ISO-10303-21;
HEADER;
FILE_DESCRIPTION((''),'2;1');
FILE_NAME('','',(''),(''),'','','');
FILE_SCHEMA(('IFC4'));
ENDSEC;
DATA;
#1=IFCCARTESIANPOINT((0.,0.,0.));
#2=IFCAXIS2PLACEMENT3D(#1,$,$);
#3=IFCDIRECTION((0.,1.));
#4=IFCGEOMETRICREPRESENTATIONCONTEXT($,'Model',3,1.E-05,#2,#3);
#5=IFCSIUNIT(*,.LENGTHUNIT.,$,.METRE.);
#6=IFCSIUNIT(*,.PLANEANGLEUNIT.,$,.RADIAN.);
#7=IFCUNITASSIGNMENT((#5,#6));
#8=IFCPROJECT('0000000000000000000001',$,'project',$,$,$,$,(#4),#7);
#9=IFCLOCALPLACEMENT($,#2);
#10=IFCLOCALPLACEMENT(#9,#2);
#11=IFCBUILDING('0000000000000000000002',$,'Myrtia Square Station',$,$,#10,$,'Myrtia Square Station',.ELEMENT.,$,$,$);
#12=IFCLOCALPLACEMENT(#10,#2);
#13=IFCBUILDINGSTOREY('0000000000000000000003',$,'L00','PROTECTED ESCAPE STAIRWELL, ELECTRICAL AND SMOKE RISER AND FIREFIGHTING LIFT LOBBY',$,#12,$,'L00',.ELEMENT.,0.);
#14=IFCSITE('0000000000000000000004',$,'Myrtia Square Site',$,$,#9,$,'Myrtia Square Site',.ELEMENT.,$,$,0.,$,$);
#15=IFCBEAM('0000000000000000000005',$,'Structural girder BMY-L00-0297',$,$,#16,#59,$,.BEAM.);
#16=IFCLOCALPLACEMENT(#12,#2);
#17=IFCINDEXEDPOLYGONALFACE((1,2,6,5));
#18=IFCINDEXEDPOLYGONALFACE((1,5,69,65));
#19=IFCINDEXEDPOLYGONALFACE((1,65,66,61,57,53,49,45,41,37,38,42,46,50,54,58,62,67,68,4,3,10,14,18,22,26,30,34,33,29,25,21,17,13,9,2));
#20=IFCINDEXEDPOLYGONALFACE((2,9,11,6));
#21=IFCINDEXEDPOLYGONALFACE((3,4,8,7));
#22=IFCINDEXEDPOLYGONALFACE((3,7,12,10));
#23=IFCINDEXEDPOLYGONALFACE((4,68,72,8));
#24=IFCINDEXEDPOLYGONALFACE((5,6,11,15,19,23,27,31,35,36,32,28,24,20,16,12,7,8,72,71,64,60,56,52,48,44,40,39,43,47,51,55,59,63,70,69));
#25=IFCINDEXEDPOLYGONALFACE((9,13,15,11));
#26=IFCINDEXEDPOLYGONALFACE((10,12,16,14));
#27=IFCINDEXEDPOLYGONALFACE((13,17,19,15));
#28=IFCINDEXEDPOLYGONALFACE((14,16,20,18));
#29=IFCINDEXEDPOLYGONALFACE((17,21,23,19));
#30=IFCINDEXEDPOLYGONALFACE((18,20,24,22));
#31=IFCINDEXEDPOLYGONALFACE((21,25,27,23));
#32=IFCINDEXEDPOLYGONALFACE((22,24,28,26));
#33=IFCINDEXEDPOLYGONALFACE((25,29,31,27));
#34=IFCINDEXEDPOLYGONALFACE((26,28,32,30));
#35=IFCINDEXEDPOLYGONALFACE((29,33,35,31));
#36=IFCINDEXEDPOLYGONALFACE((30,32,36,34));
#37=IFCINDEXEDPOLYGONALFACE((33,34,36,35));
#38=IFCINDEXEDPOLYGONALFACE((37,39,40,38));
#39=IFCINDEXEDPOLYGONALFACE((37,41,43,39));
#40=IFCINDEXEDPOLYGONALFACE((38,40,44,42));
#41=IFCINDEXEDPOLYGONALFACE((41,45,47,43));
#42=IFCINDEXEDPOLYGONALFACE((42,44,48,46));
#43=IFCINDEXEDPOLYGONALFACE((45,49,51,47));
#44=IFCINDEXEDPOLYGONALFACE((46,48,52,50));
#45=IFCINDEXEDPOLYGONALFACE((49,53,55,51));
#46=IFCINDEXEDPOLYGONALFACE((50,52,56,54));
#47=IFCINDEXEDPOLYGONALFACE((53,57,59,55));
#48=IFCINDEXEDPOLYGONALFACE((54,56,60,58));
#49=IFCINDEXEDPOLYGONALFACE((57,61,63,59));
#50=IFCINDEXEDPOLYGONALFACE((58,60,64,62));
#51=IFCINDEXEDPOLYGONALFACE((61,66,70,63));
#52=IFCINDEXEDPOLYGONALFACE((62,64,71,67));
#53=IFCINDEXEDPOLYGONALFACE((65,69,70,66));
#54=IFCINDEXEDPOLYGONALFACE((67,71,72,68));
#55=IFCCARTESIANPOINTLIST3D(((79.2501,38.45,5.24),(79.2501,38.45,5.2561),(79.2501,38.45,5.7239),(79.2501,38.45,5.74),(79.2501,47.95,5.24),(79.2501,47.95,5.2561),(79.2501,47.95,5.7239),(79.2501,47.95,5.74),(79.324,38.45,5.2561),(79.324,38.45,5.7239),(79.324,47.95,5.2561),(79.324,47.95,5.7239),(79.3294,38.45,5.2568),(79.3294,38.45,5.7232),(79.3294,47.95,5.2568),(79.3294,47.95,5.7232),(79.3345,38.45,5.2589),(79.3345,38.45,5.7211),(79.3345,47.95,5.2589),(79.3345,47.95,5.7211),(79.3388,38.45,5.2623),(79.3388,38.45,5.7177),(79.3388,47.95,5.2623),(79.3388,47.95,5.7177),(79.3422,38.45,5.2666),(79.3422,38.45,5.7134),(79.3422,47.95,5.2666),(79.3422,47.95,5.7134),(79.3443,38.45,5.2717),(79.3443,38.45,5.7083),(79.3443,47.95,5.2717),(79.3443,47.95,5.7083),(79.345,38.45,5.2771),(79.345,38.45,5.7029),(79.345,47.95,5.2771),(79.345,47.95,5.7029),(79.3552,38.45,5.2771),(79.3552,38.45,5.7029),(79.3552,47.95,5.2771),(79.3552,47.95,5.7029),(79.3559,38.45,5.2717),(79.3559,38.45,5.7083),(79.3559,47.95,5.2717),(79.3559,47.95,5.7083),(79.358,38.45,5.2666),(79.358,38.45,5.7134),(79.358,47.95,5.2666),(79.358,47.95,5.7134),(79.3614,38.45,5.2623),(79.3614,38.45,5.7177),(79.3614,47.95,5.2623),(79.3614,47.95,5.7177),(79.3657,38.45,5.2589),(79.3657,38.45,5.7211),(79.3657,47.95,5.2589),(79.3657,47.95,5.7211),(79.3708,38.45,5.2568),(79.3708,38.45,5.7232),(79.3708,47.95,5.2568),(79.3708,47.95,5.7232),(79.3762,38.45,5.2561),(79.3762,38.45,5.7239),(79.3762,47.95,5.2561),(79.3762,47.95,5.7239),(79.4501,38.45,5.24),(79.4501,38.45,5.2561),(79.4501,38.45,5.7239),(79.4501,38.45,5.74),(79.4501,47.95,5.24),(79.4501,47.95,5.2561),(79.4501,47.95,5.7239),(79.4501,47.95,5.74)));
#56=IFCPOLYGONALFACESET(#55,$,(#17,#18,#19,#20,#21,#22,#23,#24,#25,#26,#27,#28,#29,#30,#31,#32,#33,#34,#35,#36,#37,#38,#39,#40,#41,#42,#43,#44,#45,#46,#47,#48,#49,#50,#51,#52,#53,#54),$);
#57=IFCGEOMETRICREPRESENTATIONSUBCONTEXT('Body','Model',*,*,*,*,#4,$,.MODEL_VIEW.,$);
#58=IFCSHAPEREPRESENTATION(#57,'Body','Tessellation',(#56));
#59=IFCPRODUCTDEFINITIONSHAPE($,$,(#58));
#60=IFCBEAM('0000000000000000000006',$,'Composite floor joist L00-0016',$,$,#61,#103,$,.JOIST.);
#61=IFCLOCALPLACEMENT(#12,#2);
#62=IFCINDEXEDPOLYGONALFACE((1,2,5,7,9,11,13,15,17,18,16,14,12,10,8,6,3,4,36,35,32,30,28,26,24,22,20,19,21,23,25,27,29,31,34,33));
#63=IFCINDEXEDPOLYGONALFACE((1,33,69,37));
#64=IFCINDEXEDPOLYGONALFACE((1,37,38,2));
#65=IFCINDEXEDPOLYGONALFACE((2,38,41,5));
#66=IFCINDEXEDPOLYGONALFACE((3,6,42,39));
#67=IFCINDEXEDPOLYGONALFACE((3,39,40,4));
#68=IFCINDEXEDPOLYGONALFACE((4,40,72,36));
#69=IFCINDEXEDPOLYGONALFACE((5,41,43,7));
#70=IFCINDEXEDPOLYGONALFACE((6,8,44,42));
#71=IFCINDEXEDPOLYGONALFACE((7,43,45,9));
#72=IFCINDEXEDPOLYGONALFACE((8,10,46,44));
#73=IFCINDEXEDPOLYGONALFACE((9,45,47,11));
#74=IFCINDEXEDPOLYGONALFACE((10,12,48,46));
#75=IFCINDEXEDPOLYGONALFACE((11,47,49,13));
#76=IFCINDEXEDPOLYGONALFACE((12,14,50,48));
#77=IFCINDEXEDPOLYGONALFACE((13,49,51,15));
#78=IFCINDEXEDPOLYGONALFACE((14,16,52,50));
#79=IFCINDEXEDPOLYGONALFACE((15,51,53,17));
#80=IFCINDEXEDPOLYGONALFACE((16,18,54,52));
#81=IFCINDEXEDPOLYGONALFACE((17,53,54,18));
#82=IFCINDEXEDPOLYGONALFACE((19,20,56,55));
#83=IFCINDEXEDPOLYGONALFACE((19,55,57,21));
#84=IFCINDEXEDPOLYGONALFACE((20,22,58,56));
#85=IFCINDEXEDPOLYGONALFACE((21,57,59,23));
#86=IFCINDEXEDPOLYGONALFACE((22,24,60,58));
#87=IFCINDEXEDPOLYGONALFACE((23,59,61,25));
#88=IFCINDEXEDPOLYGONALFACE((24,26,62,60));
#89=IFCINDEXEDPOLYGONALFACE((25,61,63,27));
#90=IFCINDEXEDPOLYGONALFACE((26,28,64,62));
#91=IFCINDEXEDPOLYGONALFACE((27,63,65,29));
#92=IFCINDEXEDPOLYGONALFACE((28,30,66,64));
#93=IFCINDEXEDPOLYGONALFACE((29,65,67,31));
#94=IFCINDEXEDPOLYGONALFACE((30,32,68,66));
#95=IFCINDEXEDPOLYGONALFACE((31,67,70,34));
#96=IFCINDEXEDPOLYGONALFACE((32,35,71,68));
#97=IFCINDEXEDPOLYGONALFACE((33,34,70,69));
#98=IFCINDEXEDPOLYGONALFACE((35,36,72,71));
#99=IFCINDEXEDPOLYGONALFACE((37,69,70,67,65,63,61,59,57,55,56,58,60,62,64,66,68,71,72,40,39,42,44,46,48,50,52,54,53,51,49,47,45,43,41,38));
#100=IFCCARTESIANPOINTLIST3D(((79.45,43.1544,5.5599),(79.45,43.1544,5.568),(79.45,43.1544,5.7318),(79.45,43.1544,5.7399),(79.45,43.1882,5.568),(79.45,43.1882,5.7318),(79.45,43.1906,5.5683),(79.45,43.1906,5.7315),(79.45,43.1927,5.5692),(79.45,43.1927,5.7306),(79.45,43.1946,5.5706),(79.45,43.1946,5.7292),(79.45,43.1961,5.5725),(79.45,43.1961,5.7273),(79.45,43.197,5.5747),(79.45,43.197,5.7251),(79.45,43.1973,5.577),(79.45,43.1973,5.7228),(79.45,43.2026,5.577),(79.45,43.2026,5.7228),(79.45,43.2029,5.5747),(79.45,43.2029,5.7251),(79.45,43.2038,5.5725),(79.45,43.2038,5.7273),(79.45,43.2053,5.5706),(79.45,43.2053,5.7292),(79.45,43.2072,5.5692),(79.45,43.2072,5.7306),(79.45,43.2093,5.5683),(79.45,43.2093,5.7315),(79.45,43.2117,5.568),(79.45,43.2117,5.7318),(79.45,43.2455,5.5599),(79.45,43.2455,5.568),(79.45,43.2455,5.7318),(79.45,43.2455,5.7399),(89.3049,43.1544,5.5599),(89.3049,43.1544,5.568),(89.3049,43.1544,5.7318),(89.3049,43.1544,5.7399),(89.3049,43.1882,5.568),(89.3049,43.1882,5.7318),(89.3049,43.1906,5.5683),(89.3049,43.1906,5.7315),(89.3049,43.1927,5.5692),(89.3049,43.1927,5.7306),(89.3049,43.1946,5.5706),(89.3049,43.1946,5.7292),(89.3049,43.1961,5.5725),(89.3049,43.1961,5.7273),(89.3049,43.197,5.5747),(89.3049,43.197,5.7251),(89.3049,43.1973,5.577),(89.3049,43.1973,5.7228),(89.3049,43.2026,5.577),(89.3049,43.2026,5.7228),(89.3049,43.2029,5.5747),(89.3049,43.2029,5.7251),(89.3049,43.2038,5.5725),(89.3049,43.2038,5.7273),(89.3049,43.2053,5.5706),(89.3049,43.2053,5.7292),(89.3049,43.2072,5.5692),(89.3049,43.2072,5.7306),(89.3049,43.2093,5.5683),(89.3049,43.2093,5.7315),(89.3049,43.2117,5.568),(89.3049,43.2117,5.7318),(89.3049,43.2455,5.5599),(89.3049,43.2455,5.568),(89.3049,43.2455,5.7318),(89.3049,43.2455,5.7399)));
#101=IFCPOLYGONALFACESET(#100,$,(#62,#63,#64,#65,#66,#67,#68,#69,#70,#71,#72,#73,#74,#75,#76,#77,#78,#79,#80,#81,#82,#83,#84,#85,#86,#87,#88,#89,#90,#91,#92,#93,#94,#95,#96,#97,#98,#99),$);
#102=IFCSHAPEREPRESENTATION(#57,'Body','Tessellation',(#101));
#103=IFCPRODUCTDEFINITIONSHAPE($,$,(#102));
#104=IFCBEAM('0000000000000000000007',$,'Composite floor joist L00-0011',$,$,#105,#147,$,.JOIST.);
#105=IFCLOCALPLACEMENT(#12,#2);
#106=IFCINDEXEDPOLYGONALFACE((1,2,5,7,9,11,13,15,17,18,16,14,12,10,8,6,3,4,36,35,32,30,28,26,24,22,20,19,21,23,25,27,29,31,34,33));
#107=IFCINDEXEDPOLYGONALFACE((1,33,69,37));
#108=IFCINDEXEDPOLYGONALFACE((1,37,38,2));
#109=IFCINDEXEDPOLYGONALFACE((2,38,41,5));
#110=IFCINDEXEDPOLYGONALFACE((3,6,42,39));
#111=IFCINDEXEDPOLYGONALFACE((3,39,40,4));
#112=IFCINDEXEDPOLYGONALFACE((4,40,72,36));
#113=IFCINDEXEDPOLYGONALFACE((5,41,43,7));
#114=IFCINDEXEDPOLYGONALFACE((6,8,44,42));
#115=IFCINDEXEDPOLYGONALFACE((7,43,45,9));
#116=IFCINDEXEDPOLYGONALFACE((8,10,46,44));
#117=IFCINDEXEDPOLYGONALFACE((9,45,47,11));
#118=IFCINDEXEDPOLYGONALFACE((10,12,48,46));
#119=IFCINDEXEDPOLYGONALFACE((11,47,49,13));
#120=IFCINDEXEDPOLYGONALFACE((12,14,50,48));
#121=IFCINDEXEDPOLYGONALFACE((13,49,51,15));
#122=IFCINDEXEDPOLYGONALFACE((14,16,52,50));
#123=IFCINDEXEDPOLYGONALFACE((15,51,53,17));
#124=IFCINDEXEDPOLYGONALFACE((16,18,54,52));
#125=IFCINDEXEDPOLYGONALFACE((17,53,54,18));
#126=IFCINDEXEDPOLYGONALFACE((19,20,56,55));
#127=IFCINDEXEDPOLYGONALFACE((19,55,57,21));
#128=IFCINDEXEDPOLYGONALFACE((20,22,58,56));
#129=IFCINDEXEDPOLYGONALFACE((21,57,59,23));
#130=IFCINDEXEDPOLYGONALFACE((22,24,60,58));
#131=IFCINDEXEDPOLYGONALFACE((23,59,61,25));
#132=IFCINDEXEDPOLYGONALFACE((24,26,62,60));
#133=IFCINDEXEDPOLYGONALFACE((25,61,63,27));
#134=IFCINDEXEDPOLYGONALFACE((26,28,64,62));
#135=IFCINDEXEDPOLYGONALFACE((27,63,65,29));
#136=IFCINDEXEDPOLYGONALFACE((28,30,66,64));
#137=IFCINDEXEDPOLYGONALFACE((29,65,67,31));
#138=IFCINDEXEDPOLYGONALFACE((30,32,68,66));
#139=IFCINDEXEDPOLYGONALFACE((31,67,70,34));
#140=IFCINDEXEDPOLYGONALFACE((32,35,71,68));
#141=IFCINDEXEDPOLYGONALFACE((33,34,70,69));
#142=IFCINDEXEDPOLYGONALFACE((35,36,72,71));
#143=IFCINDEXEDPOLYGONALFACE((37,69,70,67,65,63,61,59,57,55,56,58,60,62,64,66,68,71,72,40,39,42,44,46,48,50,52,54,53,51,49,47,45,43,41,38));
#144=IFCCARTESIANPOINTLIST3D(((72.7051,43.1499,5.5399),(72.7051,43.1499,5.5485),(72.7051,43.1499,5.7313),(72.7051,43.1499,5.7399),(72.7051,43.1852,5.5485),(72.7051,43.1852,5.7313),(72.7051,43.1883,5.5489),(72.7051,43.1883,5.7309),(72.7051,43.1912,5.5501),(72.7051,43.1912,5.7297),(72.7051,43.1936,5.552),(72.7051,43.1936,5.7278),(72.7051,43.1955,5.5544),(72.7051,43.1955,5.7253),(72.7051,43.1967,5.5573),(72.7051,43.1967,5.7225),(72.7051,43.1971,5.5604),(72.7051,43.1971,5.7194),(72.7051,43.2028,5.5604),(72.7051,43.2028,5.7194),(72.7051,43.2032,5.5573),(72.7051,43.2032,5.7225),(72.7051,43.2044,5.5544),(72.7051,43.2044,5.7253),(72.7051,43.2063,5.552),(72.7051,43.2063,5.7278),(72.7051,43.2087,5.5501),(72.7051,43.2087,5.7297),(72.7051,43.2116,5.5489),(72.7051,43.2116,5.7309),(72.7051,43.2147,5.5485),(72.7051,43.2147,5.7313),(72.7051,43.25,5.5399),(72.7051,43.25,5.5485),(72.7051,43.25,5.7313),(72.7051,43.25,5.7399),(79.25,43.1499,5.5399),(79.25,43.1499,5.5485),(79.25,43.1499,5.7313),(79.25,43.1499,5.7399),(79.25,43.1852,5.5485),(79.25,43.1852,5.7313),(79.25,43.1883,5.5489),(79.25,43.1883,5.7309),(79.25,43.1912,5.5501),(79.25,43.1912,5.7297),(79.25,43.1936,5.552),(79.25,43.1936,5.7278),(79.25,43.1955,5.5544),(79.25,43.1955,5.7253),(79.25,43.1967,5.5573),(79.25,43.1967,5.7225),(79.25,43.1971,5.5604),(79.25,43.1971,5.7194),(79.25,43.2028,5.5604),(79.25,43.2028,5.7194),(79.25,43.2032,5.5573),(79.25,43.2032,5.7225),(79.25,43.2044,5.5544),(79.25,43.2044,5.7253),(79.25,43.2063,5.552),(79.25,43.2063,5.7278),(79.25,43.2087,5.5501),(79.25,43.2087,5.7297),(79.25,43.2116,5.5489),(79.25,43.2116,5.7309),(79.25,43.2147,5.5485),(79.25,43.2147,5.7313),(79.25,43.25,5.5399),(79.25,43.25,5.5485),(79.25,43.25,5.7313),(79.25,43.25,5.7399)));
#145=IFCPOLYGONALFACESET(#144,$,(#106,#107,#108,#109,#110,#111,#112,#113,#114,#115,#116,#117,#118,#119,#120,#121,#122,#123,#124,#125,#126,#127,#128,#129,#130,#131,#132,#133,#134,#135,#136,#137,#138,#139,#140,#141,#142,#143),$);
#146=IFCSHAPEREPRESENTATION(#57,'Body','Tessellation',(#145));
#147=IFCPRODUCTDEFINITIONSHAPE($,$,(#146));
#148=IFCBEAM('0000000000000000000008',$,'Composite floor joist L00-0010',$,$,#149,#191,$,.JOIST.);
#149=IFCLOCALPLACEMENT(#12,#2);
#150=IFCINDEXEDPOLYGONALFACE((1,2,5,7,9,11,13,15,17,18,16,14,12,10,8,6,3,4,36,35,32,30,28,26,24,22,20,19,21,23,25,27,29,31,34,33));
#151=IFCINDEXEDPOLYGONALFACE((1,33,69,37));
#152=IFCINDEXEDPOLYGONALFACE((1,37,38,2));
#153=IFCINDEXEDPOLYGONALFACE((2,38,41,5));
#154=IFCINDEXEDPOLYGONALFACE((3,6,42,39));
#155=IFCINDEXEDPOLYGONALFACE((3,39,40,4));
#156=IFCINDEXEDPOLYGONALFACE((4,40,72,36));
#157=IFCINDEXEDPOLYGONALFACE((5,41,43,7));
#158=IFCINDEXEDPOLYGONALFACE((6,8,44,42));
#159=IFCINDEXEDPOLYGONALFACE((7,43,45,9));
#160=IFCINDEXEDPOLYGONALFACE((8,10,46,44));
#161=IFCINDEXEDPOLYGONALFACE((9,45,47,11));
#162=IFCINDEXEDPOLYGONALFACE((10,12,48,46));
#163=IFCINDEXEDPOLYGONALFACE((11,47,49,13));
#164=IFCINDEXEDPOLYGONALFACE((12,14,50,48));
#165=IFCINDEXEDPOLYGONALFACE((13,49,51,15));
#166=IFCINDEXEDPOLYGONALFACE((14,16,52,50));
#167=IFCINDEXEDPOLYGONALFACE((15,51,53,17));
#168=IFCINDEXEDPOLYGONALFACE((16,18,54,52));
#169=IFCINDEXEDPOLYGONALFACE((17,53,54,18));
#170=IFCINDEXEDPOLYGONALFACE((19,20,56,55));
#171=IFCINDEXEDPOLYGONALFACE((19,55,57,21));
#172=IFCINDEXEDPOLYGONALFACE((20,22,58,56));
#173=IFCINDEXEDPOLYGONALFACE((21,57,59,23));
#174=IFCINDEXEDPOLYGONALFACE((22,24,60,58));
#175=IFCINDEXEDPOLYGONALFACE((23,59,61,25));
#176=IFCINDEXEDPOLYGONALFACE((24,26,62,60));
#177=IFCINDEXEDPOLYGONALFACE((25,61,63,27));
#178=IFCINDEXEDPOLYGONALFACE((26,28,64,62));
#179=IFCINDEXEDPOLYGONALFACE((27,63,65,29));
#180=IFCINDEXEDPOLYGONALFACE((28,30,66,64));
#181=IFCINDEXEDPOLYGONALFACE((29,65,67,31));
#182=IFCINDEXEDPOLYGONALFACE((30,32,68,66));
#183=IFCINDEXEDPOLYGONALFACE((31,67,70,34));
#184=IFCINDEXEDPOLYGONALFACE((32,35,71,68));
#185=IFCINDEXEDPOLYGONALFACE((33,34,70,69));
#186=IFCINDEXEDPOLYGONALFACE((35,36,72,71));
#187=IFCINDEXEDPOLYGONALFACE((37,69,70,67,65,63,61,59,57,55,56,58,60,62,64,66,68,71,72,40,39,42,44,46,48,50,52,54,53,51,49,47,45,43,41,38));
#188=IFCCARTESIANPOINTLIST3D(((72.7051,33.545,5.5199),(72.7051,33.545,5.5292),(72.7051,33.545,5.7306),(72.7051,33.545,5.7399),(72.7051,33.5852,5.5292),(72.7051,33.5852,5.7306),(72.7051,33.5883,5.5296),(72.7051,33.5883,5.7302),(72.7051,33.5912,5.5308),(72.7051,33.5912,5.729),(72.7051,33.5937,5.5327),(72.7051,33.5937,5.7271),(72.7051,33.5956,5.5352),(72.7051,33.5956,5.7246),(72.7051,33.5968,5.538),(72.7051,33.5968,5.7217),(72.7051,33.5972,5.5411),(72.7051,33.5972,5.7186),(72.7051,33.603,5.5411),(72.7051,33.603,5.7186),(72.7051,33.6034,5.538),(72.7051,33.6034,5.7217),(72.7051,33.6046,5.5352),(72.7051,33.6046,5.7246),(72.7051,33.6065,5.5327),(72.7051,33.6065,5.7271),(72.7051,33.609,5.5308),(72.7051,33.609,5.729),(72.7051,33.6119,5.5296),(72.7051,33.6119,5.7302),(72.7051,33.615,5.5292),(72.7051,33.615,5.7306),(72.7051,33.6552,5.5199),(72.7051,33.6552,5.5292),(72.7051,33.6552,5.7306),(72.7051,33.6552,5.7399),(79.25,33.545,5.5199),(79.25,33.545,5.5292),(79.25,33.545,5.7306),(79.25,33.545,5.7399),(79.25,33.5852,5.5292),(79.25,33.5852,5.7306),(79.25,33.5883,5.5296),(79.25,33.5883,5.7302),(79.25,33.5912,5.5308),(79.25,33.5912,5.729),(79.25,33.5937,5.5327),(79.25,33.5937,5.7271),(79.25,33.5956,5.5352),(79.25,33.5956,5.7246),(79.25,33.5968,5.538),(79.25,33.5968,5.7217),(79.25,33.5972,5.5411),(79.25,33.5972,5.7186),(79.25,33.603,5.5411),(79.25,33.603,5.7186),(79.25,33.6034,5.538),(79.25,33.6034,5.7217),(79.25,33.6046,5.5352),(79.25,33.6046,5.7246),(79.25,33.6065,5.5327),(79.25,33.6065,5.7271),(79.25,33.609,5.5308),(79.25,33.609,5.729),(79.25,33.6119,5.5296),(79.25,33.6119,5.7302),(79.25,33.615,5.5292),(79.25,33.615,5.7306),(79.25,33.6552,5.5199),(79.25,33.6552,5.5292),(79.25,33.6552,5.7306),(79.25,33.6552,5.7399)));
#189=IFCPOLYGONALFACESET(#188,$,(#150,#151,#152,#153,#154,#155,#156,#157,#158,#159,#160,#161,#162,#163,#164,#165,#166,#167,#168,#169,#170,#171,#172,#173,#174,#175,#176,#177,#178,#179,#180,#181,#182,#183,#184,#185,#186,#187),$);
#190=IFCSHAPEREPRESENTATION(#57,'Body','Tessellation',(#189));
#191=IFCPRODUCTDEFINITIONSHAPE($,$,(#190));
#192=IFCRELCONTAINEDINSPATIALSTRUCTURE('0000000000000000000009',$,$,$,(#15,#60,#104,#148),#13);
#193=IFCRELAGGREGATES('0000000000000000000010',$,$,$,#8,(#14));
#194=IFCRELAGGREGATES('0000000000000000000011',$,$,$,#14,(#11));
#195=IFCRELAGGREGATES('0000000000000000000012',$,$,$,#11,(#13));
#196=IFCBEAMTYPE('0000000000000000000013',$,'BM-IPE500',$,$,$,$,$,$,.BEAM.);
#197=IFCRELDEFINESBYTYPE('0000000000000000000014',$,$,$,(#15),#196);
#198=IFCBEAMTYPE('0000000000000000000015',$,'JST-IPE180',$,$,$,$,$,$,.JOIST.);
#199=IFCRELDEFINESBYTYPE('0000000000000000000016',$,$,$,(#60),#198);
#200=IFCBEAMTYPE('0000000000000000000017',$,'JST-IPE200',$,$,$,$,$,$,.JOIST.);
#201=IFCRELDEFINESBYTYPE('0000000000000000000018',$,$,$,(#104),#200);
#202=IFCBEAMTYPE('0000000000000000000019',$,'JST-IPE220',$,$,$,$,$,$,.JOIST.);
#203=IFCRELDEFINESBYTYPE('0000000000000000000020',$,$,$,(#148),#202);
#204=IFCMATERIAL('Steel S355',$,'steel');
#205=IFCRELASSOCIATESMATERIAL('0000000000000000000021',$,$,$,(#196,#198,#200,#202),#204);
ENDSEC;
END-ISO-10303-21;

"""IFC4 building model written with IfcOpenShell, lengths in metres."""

from ifc_helpers import new_model, si_unit, direction, frame, origin, origin_2d, place, context, subcontext, project, spatial, i_section, extrude, material, material_profile, profile_set, type_object, element, save


model = new_model("IFC4")

# Units and contexts
model_context = context("Model", 3, precision=1e-05, world=origin(), true_north=direction((0.0, 1.0)))
body_context = subcontext(model_context, "Body", "Model", "MODEL_VIEW")
ifc_project = project(units=[si_unit("LENGTHUNIT", "METRE"), si_unit("PLANEANGLEUNIT", "RADIAN")], contexts=[model_context])

# Site, building, storey
site_placement = place(None, origin())
site = spatial("IfcSite", under=ifc_project, at=site_placement, Name="Myrtia Square Site", LongName="Myrtia Square Site", CompositionType="ELEMENT", RefElevation=0.0)
building_placement = place(site_placement, origin())
building = spatial("IfcBuilding", under=site, at=building_placement, Name="Myrtia Square Station", LongName="Myrtia Square Station", CompositionType="ELEMENT")
storey_placement = place(building_placement, origin())
storey = spatial("IfcBuildingStorey", under=building, at=storey_placement, Name="L00", Description="PROTECTED ESCAPE STAIRWELL, ELECTRICAL AND SMOKE RISER AND FIREFIGHTING LIFT LOBBY", LongName="L00", CompositionType="ELEMENT", Elevation=0.0)

# Shared definitions
ifc_material_1 = material(Name="Steel S355", Category="steel")

# Beams
ifc_material_profile_1 = material_profile(ifc_material_1, i_section(OverallWidth=0.2, OverallDepth=0.5, WebThickness=0.0103, FlangeThickness=0.0161, FilletRadius=0.021, at=origin_2d()), Name="IPE 500")
ifc_profile_set_1 = profile_set([ifc_material_profile_1], Name="Steel S355")
beam_type_1 = type_object("IfcBeamType", Name="BM-IPE500", PredefinedType="BEAM", material=ifc_profile_set_1)
beam_1_placement = place(storey_placement, frame((79.3501, 38.45, 5.49), z_axis=(0.0, 1.0, 0.0), x_axis=(-1.0, 0.0, 0.0)))
element("IfcBeam", 1, at=beam_1_placement, inside=storey, type_object=beam_type_1, Name="Structural girder BMY-L00-0297", PredefinedType="BEAM", context=body_context, shape_type="SweptSolid", body=[
    extrude(i_section(OverallWidth=0.2, OverallDepth=0.5, WebThickness=0.0103, FlangeThickness=0.0161, FilletRadius=0.021, at=origin_2d()), origin(), (0.0, 0.0, 1.0), 9.5),
])
ifc_material_profile_2 = material_profile(ifc_material_1, i_section(OverallWidth=0.0911, OverallDepth=0.1799, WebThickness=0.0054, FlangeThickness=0.0081, FilletRadius=0.009, at=origin_2d()), Name="IPE 180")
ifc_profile_set_2 = profile_set([ifc_material_profile_2], Name="Steel S355")
beam_type_2 = type_object("IfcBeamType", Name="JST-IPE180", PredefinedType="JOIST", material=ifc_profile_set_2)
beam_2_placement = place(storey_placement, frame((79.45, 43.2, 5.6499), z_axis=(1.0, 0.0, 0.0), x_axis=(0.0, 1.0, 0.0)))
element("IfcBeam", 2, at=beam_2_placement, inside=storey, type_object=beam_type_2, Name="Composite floor joist L00-0016", PredefinedType="JOIST", context=body_context, shape_type="SweptSolid", body=[
    extrude(i_section(OverallWidth=0.0911, OverallDepth=0.1799, WebThickness=0.0054, FlangeThickness=0.0081, FilletRadius=0.009, at=origin_2d()), origin(), (0.0, 0.0, 1.0), 9.855),
])
ifc_material_profile_3 = material_profile(ifc_material_1, i_section(OverallWidth=0.1001, OverallDepth=0.2, WebThickness=0.0056, FlangeThickness=0.0085, FilletRadius=0.012, at=origin_2d()), Name="IPE 200")
ifc_profile_set_3 = profile_set([ifc_material_profile_3], Name="Steel S355")
beam_type_3 = type_object("IfcBeamType", Name="JST-IPE200", PredefinedType="JOIST", material=ifc_profile_set_3)
beam_3_placement = place(storey_placement, frame((72.7051, 43.2, 5.6399), z_axis=(1.0, 0.0, 0.0), x_axis=(0.0, 1.0, 0.0)))
element("IfcBeam", 3, at=beam_3_placement, inside=storey, type_object=beam_type_3, Name="Composite floor joist L00-0011", PredefinedType="JOIST", context=body_context, shape_type="SweptSolid", body=[
    extrude(i_section(OverallWidth=0.1001, OverallDepth=0.2, WebThickness=0.0056, FlangeThickness=0.0085, FilletRadius=0.012, at=origin_2d()), origin(), (0.0, 0.0, 1.0), 6.5449),
])
ifc_material_profile_4 = material_profile(ifc_material_1, i_section(OverallWidth=0.1101, OverallDepth=0.22, WebThickness=0.0059, FlangeThickness=0.0093, FilletRadius=0.012, at=origin_2d()), Name="IPE 220")
ifc_profile_set_4 = profile_set([ifc_material_profile_4], Name="Steel S355")
beam_type_4 = type_object("IfcBeamType", Name="JST-IPE220", PredefinedType="JOIST", material=ifc_profile_set_4)
beam_4_placement = place(storey_placement, frame((72.7051, 33.6001, 5.6299), z_axis=(1.0, 0.0, 0.0), x_axis=(0.0, 1.0, 0.0)))
element("IfcBeam", 4, at=beam_4_placement, inside=storey, type_object=beam_type_4, Name="Composite floor joist L00-0010", PredefinedType="JOIST", context=body_context, shape_type="SweptSolid", body=[
    extrude(i_section(OverallWidth=0.1101, OverallDepth=0.22, WebThickness=0.0059, FlangeThickness=0.0093, FilletRadius=0.012, at=origin_2d()), origin(), (0.0, 0.0, 1.0), 6.5449),
])

save(model, "model.ifc")
